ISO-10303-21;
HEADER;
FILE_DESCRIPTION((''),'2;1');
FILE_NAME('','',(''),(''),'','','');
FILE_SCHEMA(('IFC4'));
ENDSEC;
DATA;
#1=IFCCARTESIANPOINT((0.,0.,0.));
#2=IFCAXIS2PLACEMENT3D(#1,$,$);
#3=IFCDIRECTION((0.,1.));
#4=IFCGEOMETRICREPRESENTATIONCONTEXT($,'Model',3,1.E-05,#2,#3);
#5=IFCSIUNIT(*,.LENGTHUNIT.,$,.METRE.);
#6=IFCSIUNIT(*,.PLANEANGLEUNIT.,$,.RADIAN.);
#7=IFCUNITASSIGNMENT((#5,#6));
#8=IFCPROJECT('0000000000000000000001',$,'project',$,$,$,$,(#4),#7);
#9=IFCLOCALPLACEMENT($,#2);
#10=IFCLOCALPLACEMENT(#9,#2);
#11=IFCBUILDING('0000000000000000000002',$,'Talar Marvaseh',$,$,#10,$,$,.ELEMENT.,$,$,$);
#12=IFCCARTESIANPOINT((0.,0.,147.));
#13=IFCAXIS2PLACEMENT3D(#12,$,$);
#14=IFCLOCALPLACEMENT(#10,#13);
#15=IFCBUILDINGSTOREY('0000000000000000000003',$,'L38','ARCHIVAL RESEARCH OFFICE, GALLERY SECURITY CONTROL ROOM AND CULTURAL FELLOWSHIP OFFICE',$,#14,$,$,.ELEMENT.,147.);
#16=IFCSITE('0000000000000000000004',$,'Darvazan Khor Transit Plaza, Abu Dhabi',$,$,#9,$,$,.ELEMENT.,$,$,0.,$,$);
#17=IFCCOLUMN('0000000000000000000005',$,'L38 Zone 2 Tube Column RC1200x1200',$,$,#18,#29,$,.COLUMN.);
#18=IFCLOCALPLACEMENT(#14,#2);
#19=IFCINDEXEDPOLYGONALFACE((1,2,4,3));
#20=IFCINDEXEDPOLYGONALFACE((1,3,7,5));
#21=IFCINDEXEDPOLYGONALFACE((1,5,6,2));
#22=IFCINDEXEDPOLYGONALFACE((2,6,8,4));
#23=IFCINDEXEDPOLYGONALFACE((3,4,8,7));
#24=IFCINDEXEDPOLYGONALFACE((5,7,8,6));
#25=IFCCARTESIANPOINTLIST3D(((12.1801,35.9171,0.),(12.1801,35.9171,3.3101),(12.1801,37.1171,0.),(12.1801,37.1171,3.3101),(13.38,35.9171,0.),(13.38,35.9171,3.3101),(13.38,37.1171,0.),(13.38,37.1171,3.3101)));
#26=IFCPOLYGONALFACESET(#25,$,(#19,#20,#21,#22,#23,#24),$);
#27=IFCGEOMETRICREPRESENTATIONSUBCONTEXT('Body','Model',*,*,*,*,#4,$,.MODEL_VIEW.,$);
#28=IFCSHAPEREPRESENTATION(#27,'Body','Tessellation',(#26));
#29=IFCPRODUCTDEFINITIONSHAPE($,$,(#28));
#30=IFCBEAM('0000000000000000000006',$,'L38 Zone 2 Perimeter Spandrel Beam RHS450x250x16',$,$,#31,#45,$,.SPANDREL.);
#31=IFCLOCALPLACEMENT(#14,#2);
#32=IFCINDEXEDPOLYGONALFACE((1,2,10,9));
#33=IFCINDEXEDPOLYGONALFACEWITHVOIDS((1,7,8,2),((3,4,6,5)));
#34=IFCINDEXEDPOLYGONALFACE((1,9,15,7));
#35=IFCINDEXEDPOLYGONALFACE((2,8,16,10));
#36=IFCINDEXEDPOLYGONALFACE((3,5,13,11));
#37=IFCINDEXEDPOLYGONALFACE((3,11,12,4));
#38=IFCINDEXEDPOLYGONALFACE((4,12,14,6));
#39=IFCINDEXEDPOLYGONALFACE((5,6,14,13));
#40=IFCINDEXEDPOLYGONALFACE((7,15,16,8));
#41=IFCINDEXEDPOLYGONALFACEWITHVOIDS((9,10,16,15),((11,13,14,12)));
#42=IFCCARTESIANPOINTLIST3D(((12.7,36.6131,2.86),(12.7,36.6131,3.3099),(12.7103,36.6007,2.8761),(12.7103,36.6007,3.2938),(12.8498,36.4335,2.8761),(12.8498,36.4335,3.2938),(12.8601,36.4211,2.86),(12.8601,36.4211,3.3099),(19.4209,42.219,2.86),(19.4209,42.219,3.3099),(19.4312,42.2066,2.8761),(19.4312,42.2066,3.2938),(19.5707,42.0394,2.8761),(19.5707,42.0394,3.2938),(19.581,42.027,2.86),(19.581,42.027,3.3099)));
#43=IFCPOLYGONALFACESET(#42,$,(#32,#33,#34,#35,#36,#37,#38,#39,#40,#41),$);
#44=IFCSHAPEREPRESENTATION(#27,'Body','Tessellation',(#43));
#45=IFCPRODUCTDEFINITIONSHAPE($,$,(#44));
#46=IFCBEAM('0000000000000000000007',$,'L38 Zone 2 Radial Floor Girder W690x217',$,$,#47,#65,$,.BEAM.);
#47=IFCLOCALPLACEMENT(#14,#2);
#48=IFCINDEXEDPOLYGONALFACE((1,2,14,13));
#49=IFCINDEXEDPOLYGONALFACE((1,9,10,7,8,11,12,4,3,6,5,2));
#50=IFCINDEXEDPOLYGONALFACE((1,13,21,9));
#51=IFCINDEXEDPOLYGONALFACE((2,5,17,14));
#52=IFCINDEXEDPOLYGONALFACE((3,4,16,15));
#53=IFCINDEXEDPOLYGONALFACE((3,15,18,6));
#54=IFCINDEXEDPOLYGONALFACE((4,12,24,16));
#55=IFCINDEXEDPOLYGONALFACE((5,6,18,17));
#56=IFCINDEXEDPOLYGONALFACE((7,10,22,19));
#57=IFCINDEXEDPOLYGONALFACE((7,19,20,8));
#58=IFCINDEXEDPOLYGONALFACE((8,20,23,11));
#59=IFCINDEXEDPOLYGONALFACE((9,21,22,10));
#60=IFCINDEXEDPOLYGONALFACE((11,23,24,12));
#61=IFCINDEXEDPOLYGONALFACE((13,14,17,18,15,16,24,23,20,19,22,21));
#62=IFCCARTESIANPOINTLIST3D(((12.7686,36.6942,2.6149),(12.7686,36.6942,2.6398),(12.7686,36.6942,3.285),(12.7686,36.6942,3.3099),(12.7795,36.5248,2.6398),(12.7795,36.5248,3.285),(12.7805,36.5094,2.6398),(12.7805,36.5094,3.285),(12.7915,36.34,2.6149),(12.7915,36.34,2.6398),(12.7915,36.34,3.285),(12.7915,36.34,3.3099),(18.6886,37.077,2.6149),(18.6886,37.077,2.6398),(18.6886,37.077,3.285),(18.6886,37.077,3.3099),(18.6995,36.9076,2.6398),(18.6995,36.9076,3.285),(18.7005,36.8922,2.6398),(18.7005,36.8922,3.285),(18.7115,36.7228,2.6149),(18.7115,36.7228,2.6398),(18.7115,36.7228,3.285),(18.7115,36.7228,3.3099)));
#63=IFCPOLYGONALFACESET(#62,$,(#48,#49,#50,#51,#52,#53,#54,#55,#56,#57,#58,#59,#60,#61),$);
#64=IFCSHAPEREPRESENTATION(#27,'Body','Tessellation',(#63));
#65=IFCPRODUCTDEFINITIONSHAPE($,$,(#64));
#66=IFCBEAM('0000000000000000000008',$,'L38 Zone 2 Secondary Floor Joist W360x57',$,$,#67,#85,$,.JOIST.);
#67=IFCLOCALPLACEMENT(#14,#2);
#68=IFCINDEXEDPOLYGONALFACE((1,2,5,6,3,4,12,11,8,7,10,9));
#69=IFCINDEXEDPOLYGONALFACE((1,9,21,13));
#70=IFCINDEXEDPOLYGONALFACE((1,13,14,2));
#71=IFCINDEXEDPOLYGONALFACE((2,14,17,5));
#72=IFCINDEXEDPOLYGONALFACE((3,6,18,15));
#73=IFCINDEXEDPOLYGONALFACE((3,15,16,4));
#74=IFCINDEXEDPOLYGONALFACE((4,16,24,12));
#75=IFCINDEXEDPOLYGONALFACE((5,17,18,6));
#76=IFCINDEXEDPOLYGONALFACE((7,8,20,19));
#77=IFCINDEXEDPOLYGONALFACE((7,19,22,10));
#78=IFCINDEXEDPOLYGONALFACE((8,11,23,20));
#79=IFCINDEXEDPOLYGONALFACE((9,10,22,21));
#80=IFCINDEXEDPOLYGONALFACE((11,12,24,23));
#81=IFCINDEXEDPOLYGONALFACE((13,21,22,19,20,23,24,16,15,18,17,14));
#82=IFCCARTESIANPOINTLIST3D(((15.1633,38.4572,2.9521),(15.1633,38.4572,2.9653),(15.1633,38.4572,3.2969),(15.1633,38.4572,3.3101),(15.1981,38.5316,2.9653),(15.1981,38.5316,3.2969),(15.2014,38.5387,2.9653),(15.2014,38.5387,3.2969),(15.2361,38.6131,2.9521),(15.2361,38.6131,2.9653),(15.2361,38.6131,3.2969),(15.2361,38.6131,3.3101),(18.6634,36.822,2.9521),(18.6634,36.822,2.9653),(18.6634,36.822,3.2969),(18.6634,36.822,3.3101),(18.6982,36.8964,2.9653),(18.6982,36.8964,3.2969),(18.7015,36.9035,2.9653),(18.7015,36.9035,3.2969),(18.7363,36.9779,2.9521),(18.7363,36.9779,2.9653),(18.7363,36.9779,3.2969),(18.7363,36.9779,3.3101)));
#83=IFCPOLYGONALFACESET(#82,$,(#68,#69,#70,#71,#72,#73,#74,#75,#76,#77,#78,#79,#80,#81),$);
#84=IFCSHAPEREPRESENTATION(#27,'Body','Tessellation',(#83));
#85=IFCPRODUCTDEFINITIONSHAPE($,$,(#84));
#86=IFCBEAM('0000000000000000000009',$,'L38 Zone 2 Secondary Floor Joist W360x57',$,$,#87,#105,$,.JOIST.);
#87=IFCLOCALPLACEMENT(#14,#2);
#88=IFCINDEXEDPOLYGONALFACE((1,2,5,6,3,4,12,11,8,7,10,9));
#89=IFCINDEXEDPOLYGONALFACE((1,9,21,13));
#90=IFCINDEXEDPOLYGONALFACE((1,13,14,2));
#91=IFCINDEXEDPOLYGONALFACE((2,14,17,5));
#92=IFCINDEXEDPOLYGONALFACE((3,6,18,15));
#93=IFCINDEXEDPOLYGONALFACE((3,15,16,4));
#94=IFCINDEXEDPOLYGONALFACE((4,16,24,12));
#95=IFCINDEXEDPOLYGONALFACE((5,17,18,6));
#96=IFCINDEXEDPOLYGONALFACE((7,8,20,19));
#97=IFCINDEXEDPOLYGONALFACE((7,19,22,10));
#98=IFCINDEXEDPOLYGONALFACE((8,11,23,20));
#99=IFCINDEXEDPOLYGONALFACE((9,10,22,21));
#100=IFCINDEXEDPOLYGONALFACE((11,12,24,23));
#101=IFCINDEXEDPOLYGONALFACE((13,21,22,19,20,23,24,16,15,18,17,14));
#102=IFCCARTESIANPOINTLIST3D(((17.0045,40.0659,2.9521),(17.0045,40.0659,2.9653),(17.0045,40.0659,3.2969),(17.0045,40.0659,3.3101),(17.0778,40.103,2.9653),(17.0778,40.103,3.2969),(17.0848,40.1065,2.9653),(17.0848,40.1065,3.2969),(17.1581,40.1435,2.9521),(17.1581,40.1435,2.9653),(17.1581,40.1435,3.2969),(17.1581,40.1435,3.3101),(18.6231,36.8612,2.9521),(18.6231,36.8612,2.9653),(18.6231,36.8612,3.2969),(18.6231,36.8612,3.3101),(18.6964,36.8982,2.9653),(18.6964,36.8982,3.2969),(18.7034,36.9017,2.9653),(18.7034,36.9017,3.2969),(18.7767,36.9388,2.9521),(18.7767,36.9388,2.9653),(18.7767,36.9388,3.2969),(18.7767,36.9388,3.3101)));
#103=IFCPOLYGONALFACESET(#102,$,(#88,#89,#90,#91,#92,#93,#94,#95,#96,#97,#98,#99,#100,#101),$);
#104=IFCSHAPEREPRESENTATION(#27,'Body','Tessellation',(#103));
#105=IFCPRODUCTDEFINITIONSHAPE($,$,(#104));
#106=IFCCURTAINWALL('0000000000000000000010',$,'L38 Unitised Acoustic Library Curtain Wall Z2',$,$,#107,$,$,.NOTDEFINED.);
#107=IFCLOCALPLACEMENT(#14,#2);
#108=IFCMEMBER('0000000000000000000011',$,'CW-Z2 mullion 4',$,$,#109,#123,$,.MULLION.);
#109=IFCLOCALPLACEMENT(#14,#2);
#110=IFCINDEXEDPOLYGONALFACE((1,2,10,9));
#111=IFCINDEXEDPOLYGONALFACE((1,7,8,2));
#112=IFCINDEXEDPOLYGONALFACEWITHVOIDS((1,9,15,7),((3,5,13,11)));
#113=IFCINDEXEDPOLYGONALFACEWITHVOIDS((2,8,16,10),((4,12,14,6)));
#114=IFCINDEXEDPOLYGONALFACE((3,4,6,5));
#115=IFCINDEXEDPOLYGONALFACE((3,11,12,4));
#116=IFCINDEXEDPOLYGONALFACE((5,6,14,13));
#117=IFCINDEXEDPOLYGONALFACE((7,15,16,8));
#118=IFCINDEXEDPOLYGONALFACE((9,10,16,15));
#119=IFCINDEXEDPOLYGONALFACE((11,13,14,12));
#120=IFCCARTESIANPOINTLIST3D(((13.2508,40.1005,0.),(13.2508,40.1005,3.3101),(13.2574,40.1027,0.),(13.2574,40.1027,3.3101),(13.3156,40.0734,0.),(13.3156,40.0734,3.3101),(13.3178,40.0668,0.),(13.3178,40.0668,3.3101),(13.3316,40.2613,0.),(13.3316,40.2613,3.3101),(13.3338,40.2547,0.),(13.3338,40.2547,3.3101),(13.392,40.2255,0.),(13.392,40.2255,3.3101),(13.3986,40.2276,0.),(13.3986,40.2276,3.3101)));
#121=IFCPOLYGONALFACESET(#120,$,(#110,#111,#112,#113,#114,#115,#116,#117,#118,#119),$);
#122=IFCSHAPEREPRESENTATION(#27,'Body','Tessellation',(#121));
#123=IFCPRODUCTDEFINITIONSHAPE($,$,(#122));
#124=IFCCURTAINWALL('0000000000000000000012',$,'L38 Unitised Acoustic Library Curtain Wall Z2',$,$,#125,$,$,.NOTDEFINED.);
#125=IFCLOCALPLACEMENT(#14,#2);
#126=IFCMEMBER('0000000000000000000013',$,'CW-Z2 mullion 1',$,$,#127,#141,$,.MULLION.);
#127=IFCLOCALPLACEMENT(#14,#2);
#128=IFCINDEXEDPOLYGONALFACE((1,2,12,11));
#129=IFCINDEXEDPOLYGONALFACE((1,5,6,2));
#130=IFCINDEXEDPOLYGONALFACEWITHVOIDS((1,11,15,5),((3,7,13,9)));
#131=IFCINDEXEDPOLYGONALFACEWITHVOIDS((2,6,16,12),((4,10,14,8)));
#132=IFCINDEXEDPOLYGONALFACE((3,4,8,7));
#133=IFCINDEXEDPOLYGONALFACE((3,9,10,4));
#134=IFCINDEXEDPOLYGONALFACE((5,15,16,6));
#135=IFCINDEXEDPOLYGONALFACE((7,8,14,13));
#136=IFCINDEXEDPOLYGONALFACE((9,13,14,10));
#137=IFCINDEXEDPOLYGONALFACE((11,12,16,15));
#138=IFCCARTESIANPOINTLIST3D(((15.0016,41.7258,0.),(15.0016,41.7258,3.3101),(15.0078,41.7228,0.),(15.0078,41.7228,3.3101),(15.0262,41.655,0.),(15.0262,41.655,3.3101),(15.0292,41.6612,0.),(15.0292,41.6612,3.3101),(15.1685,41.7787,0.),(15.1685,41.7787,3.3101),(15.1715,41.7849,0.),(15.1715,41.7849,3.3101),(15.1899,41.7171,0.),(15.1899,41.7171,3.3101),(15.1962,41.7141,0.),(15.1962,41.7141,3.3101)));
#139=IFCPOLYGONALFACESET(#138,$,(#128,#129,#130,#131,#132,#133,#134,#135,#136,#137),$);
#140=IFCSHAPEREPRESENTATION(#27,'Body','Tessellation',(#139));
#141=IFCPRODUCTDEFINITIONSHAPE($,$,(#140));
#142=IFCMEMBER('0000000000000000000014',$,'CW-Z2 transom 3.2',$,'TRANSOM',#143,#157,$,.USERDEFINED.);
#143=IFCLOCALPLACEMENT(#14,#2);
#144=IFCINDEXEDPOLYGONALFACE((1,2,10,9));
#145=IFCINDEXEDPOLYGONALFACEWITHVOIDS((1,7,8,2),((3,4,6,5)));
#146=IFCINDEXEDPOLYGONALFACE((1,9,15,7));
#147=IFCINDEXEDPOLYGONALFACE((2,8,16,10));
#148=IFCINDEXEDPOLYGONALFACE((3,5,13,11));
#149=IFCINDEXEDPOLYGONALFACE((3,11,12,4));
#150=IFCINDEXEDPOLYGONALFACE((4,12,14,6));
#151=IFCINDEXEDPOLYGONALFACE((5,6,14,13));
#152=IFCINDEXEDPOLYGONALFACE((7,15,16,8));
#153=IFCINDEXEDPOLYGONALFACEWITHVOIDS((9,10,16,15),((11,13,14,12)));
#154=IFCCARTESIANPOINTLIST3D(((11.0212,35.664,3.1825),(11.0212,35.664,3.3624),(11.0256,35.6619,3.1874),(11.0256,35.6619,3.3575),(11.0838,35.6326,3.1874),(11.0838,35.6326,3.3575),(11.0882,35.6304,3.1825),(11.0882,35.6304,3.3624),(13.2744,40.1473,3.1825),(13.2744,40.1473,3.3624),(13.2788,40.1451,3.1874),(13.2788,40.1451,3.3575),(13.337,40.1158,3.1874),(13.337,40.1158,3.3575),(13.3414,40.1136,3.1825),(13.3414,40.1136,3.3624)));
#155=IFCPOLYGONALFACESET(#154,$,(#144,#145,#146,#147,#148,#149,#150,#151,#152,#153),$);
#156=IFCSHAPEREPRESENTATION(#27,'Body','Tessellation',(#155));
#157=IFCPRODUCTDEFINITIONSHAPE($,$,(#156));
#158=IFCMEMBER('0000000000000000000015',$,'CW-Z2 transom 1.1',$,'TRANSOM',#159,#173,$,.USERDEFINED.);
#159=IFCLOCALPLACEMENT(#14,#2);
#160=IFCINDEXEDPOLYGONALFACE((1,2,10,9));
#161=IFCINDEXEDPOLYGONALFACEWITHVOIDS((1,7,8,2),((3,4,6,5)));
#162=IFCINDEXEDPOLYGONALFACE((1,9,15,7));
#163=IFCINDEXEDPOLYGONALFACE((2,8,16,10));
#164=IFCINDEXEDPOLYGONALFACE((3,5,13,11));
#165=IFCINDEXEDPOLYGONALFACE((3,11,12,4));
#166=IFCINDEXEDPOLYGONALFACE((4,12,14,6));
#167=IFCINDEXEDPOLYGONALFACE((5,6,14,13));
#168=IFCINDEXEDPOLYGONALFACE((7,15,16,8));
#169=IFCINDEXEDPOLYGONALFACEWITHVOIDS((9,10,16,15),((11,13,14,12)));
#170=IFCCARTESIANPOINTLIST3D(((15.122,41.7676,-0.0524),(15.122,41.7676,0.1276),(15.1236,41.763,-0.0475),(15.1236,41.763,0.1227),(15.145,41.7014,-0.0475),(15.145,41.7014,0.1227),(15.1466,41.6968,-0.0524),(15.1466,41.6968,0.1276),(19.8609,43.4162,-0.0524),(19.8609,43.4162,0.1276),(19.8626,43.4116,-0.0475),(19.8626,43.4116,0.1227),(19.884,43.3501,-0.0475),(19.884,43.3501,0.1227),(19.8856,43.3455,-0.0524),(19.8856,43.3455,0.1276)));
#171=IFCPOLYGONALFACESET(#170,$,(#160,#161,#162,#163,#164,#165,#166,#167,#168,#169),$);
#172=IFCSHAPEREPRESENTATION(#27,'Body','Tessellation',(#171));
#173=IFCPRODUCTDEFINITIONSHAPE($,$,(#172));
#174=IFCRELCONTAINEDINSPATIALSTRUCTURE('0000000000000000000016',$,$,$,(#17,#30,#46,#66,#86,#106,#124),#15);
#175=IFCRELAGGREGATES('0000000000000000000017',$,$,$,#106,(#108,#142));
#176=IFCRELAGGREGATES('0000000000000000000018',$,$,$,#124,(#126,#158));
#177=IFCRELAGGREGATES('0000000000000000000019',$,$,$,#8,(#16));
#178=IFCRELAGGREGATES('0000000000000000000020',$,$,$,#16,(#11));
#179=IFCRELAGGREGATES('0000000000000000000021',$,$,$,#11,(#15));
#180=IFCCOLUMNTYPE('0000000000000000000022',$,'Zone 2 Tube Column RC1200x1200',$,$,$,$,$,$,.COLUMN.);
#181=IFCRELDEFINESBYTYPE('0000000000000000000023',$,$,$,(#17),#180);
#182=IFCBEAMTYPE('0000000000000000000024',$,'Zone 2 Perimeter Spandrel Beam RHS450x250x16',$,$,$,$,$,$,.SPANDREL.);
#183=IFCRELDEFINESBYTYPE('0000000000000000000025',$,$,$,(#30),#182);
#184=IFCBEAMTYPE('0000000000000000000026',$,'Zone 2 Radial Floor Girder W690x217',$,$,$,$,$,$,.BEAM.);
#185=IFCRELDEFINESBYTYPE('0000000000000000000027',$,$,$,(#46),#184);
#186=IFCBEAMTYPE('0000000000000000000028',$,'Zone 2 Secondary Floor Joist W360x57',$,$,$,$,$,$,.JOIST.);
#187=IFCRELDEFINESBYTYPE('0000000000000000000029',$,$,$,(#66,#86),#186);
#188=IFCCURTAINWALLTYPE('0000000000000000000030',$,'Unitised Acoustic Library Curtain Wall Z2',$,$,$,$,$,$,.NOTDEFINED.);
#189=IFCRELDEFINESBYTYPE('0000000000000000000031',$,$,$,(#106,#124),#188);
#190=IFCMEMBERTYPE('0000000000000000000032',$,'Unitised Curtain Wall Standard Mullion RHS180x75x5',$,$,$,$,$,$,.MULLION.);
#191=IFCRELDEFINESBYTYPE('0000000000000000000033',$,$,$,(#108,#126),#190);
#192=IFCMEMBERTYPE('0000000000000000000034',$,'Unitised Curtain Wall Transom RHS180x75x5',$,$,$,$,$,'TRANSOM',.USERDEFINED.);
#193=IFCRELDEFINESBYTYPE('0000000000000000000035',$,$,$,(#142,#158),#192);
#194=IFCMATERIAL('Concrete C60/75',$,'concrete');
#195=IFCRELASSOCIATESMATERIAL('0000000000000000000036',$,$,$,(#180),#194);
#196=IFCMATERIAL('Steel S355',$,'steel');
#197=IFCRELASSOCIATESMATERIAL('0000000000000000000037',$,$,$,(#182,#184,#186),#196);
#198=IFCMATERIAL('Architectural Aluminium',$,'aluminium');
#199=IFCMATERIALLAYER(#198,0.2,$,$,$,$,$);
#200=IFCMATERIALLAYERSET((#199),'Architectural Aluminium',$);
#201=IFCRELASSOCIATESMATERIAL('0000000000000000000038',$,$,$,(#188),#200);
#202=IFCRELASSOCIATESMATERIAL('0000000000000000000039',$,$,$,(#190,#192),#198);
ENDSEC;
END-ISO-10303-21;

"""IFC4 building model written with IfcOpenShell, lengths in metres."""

from ifc_helpers import new_model, si_unit, direction, frame, origin, origin_2d, place, context, subcontext, project, spatial, rectangle, hollow_rectangle, i_section, extrude, source, transform, mapped, material, layer, layer_set, material_profile, profile_set, type_object, type_shapes, element, aggregate, save


model = new_model("IFC4")

# Units and contexts
model_context = context("Model", 3, precision=1e-05, world=origin(), true_north=direction((0.0, 1.0)))
body_context = subcontext(model_context, "Body", "Model", "MODEL_VIEW")
ifc_project = project(units=[si_unit("LENGTHUNIT", "METRE"), si_unit("PLANEANGLEUNIT", "RADIAN")], contexts=[model_context])

# Site, building, storey
site_placement = place(None, origin())
site = spatial("IfcSite", under=ifc_project, at=site_placement, Name="Darvazan Khor Transit Plaza, Abu Dhabi", CompositionType="ELEMENT", RefElevation=0.0)
building_placement = place(site_placement, origin())
building = spatial("IfcBuilding", under=site, at=building_placement, Name="Talar Marvaseh", CompositionType="ELEMENT")
storey_placement = place(building_placement, frame((0.0, 0.0, 147.0)))
storey = spatial("IfcBuildingStorey", under=building, at=storey_placement, Name="L38", Description="ARCHIVAL RESEARCH OFFICE, GALLERY SECURITY CONTROL ROOM AND CULTURAL FELLOWSHIP OFFICE", CompositionType="ELEMENT", Elevation=147.0)

# Column
ifc_material_1 = material(Name="Concrete C60/75", Category="concrete")
ifc_material_profile_1 = material_profile(ifc_material_1, rectangle(XDim=1.2, YDim=1.2, at=origin_2d()), Name="RC1200x1200")
ifc_profile_set_1 = profile_set([ifc_material_profile_1], Name="Concrete C60/75")
column_type = type_object("IfcColumnType", Name="Zone 2 Tube Column RC1200x1200", PredefinedType="COLUMN", material=ifc_profile_set_1)
column_placement = place(storey_placement, frame((12.78, 36.5171, 0.0), z_axis=(0.0, 0.0, 1.0), x_axis=(1.0, 0.0, 0.0)))
element("IfcColumn", 1, at=column_placement, inside=storey, type_object=column_type, Name="L38 Zone 2 Tube Column RC1200x1200", PredefinedType="COLUMN", context=body_context, shape_type="SweptSolid", body=[
    extrude(rectangle(XDim=1.2, YDim=1.2, at=origin_2d()), origin(), (0.0, 0.0, 1.0), 3.3101),
])

# Beams
ifc_material_2 = material(Name="Steel S355", Category="steel")
ifc_material_profile_2 = material_profile(ifc_material_2, hollow_rectangle(XDim=0.25, YDim=0.45, WallThickness=0.0161, at=origin_2d()), Name="RHS450x250x16")
ifc_profile_set_2 = profile_set([ifc_material_profile_2], Name="Steel S355")
beam_type_1 = type_object("IfcBeamType", Name="Zone 2 Perimeter Spandrel Beam RHS450x250x16", PredefinedType="SPANDREL", material=ifc_profile_set_2)
beam_1_placement = place(storey_placement, frame((12.78, 36.5171, 3.085), z_axis=(0.767931, 0.640533, 0.0), x_axis=(-0.640533, 0.767931, 0.0)))
element("IfcBeam", 2, at=beam_1_placement, inside=storey, type_object=beam_type_1, Name="L38 Zone 2 Perimeter Spandrel Beam RHS450x250x16", PredefinedType="SPANDREL", context=body_context, shape_type="SweptSolid", body=[
    extrude(hollow_rectangle(XDim=0.25, YDim=0.45, WallThickness=0.0161, at=origin_2d()), origin(), (0.0, 0.0, 1.0), 8.752),
])
ifc_material_profile_3 = material_profile(ifc_material_2, i_section(OverallWidth=0.355, OverallDepth=0.6951, WebThickness=0.0154, FlangeThickness=0.0249, at=origin_2d()), Name="W690x217")
ifc_profile_set_3 = profile_set([ifc_material_profile_3], Name="Steel S355")
beam_type_2 = type_object("IfcBeamType", Name="Zone 2 Radial Floor Girder W690x217", PredefinedType="BEAM", material=ifc_profile_set_3)
beam_2_placement = place(storey_placement, frame((12.78, 36.5171, 2.9624), z_axis=(0.997916, 0.06453, 0.0), x_axis=(-0.06453, 0.997916, 0.0)))
element("IfcBeam", 3, at=beam_2_placement, inside=storey, type_object=beam_type_2, Name="L38 Zone 2 Radial Floor Girder W690x217", PredefinedType="BEAM", context=body_context, shape_type="SweptSolid", body=[
    extrude(i_section(OverallWidth=0.355, OverallDepth=0.6951, WebThickness=0.0154, FlangeThickness=0.0249, at=origin_2d()), origin(), (0.0, 0.0, 1.0), 5.9324),
])
ifc_material_profile_4 = material_profile(ifc_material_2, i_section(OverallWidth=0.1721, OverallDepth=0.3579, WebThickness=0.0078, FlangeThickness=0.0132, at=origin_2d()), Name="W360x57")
ifc_profile_set_4 = profile_set([ifc_material_profile_4], Name="Steel S355")
beam_type_3 = type_object("IfcBeamType", Name="Zone 2 Secondary Floor Joist W360x57", PredefinedType="JOIST", material=ifc_profile_set_4)
beam_3_placement = place(storey_placement, frame((15.1997, 38.5352, 3.1311), z_axis=(0.906004, -0.423269, 0.0), x_axis=(0.423269, 0.906004, 0.0)))
element("IfcBeam", 4, at=beam_3_placement, inside=storey, type_object=beam_type_3, Name="L38 Zone 2 Secondary Floor Joist W360x57", PredefinedType="JOIST", context=body_context, shape_type="SweptSolid", body=[
    extrude(i_section(OverallWidth=0.1721, OverallDepth=0.3579, WebThickness=0.0078, FlangeThickness=0.0132, at=origin_2d()), origin(), (0.0, 0.0, 1.0), 3.8633),
])
beam_4_placement = place(storey_placement, frame((17.0813, 40.1047, 3.1311), z_axis=(0.450827, -0.892611, 0.0), x_axis=(0.892611, 0.450827, 0.0)))
element("IfcBeam", 5, at=beam_4_placement, inside=storey, type_object=beam_type_3, Name="L38 Zone 2 Secondary Floor Joist W360x57", PredefinedType="JOIST", context=body_context, shape_type="SweptSolid", body=[
    extrude(i_section(OverallWidth=0.1721, OverallDepth=0.3579, WebThickness=0.0078, FlangeThickness=0.0132, at=origin_2d()), origin(), (0.0, 0.0, 1.0), 3.5903),
])

# Curtain walls, members
ifc_material_3 = material(Name="Architectural Aluminium", Category="aluminium")
ifc_layer_1 = layer(ifc_material_3, 0.2)
ifc_layer_set_1 = layer_set([ifc_layer_1], Name="Architectural Aluminium")
curtain_wall_type = type_object("IfcCurtainWallType", Name="Unitised Acoustic Library Curtain Wall Z2", PredefinedType="NOTDEFINED", material=ifc_layer_set_1)
curtain_wall_1_placement = place(storey_placement, origin())
curtain_wall_1 = element("IfcCurtainWall", 6, at=curtain_wall_1_placement, inside=storey, type_object=curtain_wall_type, Name="L38 Unitised Acoustic Library Curtain Wall Z2", PredefinedType="NOTDEFINED")
ifc_material_profile_5 = material_profile(ifc_material_3, hollow_rectangle(XDim=0.075, YDim=0.1799, WallThickness=0.0049, at=origin_2d()), Name="RHS180x75x5")
ifc_profile_set_5 = profile_set([ifc_material_profile_5], Name="Architectural Aluminium")
member_type_1 = type_object("IfcMemberType", Name="Unitised Curtain Wall Standard Mullion RHS180x75x5", PredefinedType="MULLION", material=ifc_profile_set_5)
shared_shape_1 = source(origin(), body_context, "Body", "SweptSolid", [
    extrude(hollow_rectangle(XDim=0.075, YDim=0.1799, WallThickness=0.0049, at=origin_2d()), origin(), (0.0, 0.0, 1.0), 3.3101),
])
type_shapes(member_type_1, [shared_shape_1])
member_1_placement = place(storey_placement, frame((13.3247, 40.1641, 0.0), z_axis=(0.0, 0.0, 1.0), x_axis=(-0.893514, 0.449035, 0.0)))
member_1 = element("IfcMember", 7, at=member_1_placement, type_object=member_type_1, Name="CW-Z2 mullion 4", PredefinedType="MULLION", context=body_context, shape_type="MappedRepresentation", body=[
    mapped(shared_shape_1, transform((0.0, 0.0, 0.0), x_axis=(1.0, 0.0, 0.0), y_axis=(0.0, 1.0, 0.0), z_axis=(0.0, 0.0, 1.0), scale=1.0)),
])
curtain_wall_2_placement = place(storey_placement, origin())
curtain_wall_2 = element("IfcCurtainWall", 8, at=curtain_wall_2_placement, inside=storey, type_object=curtain_wall_type, Name="L38 Unitised Acoustic Library Curtain Wall Z2", PredefinedType="NOTDEFINED")
member_2_placement = place(storey_placement, frame((15.0989, 41.72, 0.0), z_axis=(0.0, 0.0, 1.0), x_axis=(-0.328569, 0.94448, 0.0)))
member_2 = element("IfcMember", 9, at=member_2_placement, type_object=member_type_1, Name="CW-Z2 mullion 1", PredefinedType="MULLION", context=body_context, shape_type="MappedRepresentation", body=[
    mapped(shared_shape_1, transform((0.0, 0.0, 0.0), x_axis=(1.0, 0.0, 0.0), y_axis=(0.0, 1.0, 0.0), z_axis=(0.0, 0.0, 1.0), scale=1.0)),
])

# Members
ifc_material_profile_6 = material_profile(ifc_material_3, hollow_rectangle(XDim=0.075, YDim=0.1799, WallThickness=0.0049, at=origin_2d()), Name="RHS180x75x5")
ifc_profile_set_6 = profile_set([ifc_material_profile_6], Name="Architectural Aluminium")
member_type_2 = type_object("IfcMemberType", Name="Unitised Curtain Wall Transom RHS180x75x5", ElementType="TRANSOM", PredefinedType="USERDEFINED", material=ifc_profile_set_6)
shared_shape_2 = source(origin(), body_context, "Body", "SweptSolid", [
    extrude(hollow_rectangle(XDim=0.075, YDim=0.1799, WallThickness=0.0049, at=origin_2d()), origin(), (0.0, 0.0, 1.0), 5.0176),
])
type_shapes(member_type_2, [shared_shape_2])
member_3_placement = place(storey_placement, frame((11.0547, 35.6472, 3.2725), z_axis=(0.449062, 0.893501, 0.0), x_axis=(-0.893501, 0.449062, 0.0)))
member_3 = element("IfcMember", 10, at=member_3_placement, type_object=member_type_2, Name="CW-Z2 transom 3.2", ObjectType="TRANSOM", PredefinedType="USERDEFINED", context=body_context, shape_type="MappedRepresentation", body=[
    mapped(shared_shape_2, transform((0.0, 0.0, 0.0), x_axis=(1.0, 0.0, 0.0), y_axis=(0.0, 1.0, 0.0), z_axis=(0.0, 0.0, 1.0), scale=1.0)),
])
member_4_placement = place(storey_placement, frame((15.1343, 41.7322, 0.0376), z_axis=(0.944476, 0.328579, 0.0), x_axis=(-0.328579, 0.944476, 0.0)))
member_4 = element("IfcMember", 11, at=member_4_placement, type_object=member_type_2, Name="CW-Z2 transom 1.1", ObjectType="TRANSOM", PredefinedType="USERDEFINED", context=body_context, shape_type="MappedRepresentation", body=[
    mapped(shared_shape_2, transform((0.0, 0.0, 0.0), x_axis=(1.0, 0.0, 0.0), y_axis=(0.0, 1.0, 0.0), z_axis=(0.0, 0.0, 1.0), scale=1.0)),
])

aggregate(curtain_wall_1, [member_1, member_3])
aggregate(curtain_wall_2, [member_2, member_4])

save(model, "model.ifc")
